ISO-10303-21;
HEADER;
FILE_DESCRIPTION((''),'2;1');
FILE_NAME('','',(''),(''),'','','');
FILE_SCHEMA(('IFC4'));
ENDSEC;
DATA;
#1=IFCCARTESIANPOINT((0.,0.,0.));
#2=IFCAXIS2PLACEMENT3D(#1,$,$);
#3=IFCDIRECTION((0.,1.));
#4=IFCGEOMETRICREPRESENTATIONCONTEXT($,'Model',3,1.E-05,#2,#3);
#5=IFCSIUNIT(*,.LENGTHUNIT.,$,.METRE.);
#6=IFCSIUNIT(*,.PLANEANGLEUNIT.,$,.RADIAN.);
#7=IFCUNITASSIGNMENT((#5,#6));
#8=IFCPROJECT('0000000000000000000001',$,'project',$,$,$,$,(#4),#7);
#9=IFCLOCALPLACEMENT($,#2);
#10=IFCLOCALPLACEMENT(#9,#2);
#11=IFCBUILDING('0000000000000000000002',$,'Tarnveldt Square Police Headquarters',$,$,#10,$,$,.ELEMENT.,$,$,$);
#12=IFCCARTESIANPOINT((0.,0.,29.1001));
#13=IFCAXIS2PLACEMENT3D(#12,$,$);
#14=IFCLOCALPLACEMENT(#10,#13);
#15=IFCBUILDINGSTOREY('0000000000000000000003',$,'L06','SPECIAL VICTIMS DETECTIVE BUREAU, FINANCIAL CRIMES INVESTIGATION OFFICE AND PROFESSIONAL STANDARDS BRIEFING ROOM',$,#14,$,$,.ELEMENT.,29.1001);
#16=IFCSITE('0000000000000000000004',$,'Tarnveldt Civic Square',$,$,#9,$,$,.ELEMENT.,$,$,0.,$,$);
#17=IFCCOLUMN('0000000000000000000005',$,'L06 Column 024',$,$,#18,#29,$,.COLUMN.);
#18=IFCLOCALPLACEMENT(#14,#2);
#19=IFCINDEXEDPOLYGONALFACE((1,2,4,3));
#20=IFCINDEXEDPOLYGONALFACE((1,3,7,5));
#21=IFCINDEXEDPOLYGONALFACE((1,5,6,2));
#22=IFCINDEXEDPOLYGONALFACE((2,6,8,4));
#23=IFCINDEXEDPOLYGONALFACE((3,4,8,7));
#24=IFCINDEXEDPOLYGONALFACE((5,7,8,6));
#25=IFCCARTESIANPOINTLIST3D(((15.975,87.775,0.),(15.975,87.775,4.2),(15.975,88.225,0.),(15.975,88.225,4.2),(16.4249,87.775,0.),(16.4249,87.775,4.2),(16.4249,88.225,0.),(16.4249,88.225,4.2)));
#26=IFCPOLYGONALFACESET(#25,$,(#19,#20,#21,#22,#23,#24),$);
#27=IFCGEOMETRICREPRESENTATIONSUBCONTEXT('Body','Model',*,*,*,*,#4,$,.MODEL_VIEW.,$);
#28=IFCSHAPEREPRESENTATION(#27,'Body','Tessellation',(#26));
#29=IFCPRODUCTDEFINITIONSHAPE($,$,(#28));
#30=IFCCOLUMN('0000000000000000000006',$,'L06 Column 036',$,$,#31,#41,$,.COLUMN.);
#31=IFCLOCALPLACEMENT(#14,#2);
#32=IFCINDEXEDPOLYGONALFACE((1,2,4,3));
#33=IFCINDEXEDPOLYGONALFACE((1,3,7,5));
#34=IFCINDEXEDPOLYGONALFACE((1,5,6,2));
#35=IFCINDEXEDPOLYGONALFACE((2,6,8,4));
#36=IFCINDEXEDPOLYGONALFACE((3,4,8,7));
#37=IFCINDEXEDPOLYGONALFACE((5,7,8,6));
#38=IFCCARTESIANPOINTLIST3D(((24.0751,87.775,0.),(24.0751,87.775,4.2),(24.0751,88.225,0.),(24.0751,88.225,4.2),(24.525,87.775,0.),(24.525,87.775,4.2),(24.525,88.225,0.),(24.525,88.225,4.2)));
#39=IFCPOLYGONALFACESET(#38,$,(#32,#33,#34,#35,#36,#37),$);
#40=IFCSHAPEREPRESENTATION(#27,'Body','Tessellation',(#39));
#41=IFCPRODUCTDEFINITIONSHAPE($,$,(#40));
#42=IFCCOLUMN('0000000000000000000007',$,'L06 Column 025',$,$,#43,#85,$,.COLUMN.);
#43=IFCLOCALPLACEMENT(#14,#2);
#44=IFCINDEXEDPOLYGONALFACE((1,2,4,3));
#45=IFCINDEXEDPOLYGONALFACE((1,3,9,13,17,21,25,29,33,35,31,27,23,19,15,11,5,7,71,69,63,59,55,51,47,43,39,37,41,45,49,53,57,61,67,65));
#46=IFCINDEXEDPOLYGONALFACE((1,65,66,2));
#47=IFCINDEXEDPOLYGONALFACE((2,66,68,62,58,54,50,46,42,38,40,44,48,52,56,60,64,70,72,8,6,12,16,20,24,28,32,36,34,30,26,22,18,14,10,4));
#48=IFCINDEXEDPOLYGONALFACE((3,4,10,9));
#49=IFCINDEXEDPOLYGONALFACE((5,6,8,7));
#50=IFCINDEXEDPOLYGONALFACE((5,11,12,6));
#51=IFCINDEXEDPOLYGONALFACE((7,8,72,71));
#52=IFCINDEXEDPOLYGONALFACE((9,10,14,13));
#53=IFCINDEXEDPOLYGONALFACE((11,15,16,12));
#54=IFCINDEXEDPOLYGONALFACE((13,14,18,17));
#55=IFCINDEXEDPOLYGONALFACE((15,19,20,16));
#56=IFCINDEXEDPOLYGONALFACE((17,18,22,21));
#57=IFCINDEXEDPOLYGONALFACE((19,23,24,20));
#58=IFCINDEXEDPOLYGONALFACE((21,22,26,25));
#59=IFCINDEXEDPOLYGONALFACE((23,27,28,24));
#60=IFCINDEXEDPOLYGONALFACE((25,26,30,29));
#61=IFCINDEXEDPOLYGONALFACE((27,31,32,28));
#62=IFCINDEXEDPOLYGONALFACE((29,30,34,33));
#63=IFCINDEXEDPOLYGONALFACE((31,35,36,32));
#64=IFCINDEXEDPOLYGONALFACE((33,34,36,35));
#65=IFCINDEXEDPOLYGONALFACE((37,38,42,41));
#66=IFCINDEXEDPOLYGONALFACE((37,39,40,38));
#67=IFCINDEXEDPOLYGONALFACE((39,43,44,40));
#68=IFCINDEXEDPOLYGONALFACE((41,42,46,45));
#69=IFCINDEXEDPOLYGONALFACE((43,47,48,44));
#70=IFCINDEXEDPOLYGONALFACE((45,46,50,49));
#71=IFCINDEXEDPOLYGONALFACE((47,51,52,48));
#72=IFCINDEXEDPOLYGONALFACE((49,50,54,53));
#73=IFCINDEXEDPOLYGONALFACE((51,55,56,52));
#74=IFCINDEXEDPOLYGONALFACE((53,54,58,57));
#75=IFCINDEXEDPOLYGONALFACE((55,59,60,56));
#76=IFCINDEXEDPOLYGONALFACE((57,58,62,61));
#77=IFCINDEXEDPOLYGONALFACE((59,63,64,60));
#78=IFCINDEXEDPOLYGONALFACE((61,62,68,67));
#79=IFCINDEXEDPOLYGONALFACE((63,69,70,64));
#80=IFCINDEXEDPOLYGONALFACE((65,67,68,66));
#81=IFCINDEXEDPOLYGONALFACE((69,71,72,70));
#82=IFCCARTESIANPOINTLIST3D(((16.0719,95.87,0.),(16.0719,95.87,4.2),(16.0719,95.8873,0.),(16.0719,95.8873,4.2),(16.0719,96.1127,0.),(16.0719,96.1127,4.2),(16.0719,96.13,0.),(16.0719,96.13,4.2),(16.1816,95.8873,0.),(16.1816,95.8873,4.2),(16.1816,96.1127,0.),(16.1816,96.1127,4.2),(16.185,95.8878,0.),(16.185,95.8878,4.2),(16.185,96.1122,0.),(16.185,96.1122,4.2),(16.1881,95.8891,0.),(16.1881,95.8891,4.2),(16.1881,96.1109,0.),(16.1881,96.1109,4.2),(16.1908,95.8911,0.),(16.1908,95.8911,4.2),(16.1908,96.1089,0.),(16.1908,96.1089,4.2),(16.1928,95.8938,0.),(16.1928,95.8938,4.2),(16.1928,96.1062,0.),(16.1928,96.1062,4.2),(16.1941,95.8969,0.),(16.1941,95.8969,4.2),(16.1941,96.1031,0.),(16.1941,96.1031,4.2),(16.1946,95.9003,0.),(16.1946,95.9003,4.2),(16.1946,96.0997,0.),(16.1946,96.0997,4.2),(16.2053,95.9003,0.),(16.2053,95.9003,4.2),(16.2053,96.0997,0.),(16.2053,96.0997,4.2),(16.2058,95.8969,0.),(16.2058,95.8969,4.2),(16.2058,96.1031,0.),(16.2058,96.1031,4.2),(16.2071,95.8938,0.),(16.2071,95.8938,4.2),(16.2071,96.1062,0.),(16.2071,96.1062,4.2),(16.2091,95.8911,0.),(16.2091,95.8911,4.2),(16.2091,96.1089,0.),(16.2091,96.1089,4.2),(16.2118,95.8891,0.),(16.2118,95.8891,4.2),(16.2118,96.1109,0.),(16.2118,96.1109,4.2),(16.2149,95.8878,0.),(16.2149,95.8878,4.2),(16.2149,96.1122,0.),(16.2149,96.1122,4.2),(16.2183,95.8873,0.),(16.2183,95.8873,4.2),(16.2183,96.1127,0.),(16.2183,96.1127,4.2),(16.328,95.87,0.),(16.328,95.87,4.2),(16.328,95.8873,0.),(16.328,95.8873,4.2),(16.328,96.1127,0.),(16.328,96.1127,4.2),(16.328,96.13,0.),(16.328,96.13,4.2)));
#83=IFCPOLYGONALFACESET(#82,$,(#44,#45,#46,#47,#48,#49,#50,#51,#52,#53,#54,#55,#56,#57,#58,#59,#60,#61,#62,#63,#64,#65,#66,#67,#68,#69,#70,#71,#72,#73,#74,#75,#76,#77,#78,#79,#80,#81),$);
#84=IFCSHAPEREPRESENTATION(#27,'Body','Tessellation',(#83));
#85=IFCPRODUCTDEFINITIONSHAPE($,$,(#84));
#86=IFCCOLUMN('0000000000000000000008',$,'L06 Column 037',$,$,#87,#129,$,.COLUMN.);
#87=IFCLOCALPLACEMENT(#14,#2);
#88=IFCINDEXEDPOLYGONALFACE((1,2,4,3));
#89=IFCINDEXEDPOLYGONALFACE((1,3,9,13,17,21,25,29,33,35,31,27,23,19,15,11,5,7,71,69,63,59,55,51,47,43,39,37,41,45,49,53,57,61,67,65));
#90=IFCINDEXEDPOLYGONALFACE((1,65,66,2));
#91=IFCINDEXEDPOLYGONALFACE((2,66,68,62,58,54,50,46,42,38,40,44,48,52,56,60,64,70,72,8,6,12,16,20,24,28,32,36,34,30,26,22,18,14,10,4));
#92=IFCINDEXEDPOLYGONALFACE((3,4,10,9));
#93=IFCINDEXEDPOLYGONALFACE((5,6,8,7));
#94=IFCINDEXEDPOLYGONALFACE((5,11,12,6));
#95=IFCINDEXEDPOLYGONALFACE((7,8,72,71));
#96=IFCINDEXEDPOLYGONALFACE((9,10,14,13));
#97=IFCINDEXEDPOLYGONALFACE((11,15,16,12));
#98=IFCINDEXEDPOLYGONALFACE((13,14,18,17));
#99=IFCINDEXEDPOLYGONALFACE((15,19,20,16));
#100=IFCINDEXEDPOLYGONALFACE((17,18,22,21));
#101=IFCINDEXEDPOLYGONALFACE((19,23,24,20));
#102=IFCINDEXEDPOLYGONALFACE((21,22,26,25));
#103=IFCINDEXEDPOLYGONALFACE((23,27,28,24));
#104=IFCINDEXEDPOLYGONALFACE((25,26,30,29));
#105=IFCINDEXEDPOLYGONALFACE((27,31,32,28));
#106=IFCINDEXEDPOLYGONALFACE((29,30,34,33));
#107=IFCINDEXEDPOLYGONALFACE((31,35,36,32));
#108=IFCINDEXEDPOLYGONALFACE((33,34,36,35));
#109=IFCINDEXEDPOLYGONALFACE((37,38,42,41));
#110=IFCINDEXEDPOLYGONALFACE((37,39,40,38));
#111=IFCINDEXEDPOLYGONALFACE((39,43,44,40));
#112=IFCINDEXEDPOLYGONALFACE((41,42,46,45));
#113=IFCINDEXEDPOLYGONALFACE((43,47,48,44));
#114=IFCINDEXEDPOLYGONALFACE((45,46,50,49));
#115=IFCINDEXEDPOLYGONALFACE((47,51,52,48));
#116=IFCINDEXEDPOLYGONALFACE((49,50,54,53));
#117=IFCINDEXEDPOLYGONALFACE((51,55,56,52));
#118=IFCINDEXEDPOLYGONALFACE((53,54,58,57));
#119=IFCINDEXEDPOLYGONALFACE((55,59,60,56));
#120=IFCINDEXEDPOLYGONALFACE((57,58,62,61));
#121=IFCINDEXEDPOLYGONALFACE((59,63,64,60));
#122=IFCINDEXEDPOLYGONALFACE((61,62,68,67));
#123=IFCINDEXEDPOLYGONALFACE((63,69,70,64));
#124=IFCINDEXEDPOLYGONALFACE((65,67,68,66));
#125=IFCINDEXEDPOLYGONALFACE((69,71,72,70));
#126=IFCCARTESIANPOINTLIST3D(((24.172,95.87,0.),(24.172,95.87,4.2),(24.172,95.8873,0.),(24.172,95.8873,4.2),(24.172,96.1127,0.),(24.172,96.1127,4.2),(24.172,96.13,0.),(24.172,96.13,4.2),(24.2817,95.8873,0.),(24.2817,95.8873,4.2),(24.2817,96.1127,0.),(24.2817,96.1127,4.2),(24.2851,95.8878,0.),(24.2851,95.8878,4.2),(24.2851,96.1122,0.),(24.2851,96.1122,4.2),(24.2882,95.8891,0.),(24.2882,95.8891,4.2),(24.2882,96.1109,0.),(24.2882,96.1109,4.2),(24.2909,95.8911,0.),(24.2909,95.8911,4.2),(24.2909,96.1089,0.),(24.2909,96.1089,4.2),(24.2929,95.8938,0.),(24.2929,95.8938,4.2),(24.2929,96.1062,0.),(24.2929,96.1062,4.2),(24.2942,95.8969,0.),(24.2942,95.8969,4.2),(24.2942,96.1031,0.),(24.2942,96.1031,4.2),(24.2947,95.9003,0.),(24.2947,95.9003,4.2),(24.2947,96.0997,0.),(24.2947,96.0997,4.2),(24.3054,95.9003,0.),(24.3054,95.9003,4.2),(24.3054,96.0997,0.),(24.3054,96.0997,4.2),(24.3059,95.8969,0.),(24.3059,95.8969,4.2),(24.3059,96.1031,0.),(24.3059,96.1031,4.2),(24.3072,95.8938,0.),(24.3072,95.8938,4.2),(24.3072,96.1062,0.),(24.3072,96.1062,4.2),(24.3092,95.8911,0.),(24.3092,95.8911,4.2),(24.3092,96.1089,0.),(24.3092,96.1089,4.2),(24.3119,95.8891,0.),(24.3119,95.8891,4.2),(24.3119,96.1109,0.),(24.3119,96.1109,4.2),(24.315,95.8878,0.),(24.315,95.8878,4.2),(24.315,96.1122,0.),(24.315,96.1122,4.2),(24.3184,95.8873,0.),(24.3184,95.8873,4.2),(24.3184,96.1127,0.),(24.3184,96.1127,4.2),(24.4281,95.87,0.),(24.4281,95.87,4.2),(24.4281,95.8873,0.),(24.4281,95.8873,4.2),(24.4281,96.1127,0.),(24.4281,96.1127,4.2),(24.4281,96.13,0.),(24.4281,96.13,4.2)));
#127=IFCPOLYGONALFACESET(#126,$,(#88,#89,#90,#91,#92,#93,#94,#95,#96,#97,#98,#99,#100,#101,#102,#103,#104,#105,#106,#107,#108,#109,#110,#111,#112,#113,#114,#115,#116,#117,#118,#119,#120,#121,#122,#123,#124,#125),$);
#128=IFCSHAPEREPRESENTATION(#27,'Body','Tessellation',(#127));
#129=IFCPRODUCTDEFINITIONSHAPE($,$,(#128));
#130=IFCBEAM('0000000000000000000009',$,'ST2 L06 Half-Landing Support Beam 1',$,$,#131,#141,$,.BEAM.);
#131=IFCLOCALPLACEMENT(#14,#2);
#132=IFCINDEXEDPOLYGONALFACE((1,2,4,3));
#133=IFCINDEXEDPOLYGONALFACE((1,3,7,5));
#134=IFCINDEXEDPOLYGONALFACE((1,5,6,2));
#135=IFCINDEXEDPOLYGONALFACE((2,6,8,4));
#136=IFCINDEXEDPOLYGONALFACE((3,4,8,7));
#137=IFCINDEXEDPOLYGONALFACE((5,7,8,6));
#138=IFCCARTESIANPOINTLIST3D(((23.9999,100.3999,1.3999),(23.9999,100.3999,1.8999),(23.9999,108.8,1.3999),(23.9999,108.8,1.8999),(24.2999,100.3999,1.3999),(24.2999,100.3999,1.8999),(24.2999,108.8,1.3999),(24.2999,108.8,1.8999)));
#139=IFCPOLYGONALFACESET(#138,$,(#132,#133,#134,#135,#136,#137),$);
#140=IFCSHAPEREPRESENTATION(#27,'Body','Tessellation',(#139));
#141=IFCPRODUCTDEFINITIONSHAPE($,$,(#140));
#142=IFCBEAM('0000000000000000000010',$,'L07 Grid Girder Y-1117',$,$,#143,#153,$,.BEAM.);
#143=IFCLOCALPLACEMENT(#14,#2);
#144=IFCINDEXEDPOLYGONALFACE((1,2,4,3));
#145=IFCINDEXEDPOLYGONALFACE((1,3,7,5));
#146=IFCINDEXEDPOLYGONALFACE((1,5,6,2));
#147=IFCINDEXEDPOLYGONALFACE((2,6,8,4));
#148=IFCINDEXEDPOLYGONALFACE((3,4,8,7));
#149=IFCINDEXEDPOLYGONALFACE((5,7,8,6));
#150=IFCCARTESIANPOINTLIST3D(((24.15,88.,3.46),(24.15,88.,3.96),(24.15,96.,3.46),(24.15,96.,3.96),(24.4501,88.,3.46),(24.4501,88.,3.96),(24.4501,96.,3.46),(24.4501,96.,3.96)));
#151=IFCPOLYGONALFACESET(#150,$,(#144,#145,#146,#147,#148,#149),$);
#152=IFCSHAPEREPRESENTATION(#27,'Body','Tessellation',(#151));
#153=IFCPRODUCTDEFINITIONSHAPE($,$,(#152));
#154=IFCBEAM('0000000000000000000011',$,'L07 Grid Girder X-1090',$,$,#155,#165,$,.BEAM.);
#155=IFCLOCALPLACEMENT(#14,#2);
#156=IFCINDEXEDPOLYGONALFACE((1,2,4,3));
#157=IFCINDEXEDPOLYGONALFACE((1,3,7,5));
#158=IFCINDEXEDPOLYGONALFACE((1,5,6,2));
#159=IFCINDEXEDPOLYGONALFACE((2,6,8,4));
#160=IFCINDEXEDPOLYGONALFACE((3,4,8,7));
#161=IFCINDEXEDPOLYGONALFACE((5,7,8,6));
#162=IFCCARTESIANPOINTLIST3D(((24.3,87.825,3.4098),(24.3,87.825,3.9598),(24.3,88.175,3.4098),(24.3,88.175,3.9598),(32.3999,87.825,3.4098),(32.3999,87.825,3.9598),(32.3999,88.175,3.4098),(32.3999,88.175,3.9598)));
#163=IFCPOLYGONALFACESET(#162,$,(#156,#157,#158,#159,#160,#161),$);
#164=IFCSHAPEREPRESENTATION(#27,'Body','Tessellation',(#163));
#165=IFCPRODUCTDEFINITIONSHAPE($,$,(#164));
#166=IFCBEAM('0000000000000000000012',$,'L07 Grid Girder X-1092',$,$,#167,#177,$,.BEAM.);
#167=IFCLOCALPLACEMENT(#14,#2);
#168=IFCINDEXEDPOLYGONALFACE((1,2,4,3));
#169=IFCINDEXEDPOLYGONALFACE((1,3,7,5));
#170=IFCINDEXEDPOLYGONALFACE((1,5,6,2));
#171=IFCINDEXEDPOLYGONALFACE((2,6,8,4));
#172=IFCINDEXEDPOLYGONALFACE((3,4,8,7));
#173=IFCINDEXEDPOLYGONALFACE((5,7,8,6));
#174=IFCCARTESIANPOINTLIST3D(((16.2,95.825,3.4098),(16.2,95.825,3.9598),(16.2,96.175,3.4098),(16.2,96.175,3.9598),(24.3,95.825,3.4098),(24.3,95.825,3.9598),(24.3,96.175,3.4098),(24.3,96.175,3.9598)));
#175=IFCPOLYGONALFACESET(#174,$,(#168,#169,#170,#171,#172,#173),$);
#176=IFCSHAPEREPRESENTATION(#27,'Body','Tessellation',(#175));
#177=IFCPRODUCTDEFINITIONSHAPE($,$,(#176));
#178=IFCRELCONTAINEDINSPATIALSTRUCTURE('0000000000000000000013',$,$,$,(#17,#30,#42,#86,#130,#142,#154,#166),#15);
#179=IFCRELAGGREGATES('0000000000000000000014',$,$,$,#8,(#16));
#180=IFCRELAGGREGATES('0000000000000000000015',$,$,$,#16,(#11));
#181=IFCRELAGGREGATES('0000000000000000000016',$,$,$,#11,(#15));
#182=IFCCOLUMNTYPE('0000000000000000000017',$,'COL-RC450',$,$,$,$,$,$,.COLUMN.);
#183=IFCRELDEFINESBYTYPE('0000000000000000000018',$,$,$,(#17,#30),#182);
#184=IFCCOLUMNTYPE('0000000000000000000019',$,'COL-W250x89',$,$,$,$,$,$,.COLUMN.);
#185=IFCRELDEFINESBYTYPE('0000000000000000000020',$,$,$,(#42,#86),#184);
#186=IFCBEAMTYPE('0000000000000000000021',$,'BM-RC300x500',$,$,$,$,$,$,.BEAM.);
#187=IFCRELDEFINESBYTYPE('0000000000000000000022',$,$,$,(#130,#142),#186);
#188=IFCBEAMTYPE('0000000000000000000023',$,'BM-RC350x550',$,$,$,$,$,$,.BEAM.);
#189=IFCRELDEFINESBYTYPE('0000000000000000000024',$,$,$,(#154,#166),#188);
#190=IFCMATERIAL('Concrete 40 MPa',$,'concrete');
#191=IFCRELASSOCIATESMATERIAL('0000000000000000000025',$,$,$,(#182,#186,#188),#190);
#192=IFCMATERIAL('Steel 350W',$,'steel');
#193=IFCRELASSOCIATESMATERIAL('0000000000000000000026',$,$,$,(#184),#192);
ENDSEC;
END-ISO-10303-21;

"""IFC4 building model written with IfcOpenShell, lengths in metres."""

from ifc_helpers import new_model, si_unit, direction, frame, origin, origin_2d, place, context, subcontext, project, spatial, rectangle, i_section, extrude, material, material_profile, profile_set, type_object, element, save


model = new_model("IFC4")

# Units and contexts
model_context = context("Model", 3, precision=1e-05, world=origin(), true_north=direction((0.0, 1.0)))
body_context = subcontext(model_context, "Body", "Model", "MODEL_VIEW")
ifc_project = project(units=[si_unit("LENGTHUNIT", "METRE"), si_unit("PLANEANGLEUNIT", "RADIAN")], contexts=[model_context])

# Site, building, storey
site_placement = place(None, origin())
site = spatial("IfcSite", under=ifc_project, at=site_placement, Name="Tarnveldt Civic Square", CompositionType="ELEMENT", RefElevation=0.0)
building_placement = place(site_placement, origin())
building = spatial("IfcBuilding", under=site, at=building_placement, Name="Tarnveldt Square Police Headquarters", CompositionType="ELEMENT")
storey_placement = place(building_placement, frame((0.0, 0.0, 29.1001)))
storey = spatial("IfcBuildingStorey", under=building, at=storey_placement, Name="L06", Description="SPECIAL VICTIMS DETECTIVE BUREAU, FINANCIAL CRIMES INVESTIGATION OFFICE AND PROFESSIONAL STANDARDS BRIEFING ROOM", CompositionType="ELEMENT", Elevation=29.1001)

# Columns
ifc_material_1 = material(Name="Concrete 40 MPa", Category="concrete")
ifc_material_profile_1 = material_profile(ifc_material_1, rectangle(XDim=0.45, YDim=0.45, at=origin_2d()), Name="RC-C450x450")
ifc_profile_set_1 = profile_set([ifc_material_profile_1], Name="Concrete 40 MPa")
column_type_1 = type_object("IfcColumnType", Name="COL-RC450", PredefinedType="COLUMN", material=ifc_profile_set_1)
for number, where, z_axis, x_axis, name in (
    (1, (16.2, 88.0, 0.0), (0.0, 0.0, 1.0), (1.0, 0.0, 0.0), "L06 Column 024"),
    (2, (24.3, 88.0, 0.0), (0.0, 0.0, 1.0), (1.0, 0.0, 0.0), "L06 Column 036"),
):
    element("IfcColumn", number, at=place(storey_placement, frame(where, z_axis=z_axis, x_axis=x_axis)), inside=storey, type_object=column_type_1, Name=name, PredefinedType="COLUMN", context=body_context, shape_type="SweptSolid", body=[
        extrude(rectangle(XDim=0.45, YDim=0.45, at=origin_2d()), origin(), (0.0, 0.0, 1.0), 4.2),
    ])
ifc_material_2 = material(Name="Steel 350W", Category="steel")
ifc_material_profile_2 = material_profile(ifc_material_2, i_section(OverallWidth=0.2561, OverallDepth=0.26, WebThickness=0.0107, FlangeThickness=0.0173, FilletRadius=0.0129, at=origin_2d()), Name="W250x89")
ifc_profile_set_2 = profile_set([ifc_material_profile_2], Name="Steel 350W")
column_type_2 = type_object("IfcColumnType", Name="COL-W250x89", PredefinedType="COLUMN", material=ifc_profile_set_2)
for number, where, z_axis, x_axis, name in (
    (3, (16.2, 96.0, 0.0), (0.0, 0.0, 1.0), (1.0, 0.0, 0.0), "L06 Column 025"),
    (4, (24.3, 96.0, 0.0), (0.0, 0.0, 1.0), (1.0, 0.0, 0.0), "L06 Column 037"),
):
    element("IfcColumn", number, at=place(storey_placement, frame(where, z_axis=z_axis, x_axis=x_axis)), inside=storey, type_object=column_type_2, Name=name, PredefinedType="COLUMN", context=body_context, shape_type="SweptSolid", body=[
        extrude(i_section(OverallWidth=0.2561, OverallDepth=0.26, WebThickness=0.0107, FlangeThickness=0.0173, FilletRadius=0.0129, at=origin_2d()), origin(), (0.0, 0.0, 1.0), 4.2),
    ])

# Beams
ifc_material_profile_3 = material_profile(ifc_material_1, rectangle(XDim=0.3, YDim=0.5, at=origin_2d()), Name="RC-B300x500")
ifc_profile_set_3 = profile_set([ifc_material_profile_3], Name="Concrete 40 MPa")
beam_type_1 = type_object("IfcBeamType", Name="BM-RC300x500", PredefinedType="BEAM", material=ifc_profile_set_3)
beam_1_placement = place(storey_placement, frame((24.1499, 100.3999, 1.6499), z_axis=(0.0, 1.0, 0.0), x_axis=(-1.0, 0.0, 0.0)))
element("IfcBeam", 5, at=beam_1_placement, inside=storey, type_object=beam_type_1, Name="ST2 L06 Half-Landing Support Beam 1", PredefinedType="BEAM", context=body_context, shape_type="SweptSolid", body=[
    extrude(rectangle(XDim=0.3, YDim=0.5, at=origin_2d()), origin(), (0.0, 0.0, 1.0), 8.4001),
])
beam_2_placement = place(storey_placement, frame((24.3, 88.0, 3.71), z_axis=(0.0, 1.0, 0.0), x_axis=(-1.0, 0.0, 0.0)))
element("IfcBeam", 6, at=beam_2_placement, inside=storey, type_object=beam_type_1, Name="L07 Grid Girder Y-1117", PredefinedType="BEAM", context=body_context, shape_type="SweptSolid", body=[
    extrude(rectangle(XDim=0.3, YDim=0.5, at=origin_2d()), origin(), (0.0, 0.0, 1.0), 8.0),
])
ifc_material_profile_4 = material_profile(ifc_material_1, rectangle(XDim=0.3501, YDim=0.55, at=origin_2d()), Name="RC-B350x550")
ifc_profile_set_4 = profile_set([ifc_material_profile_4], Name="Concrete 40 MPa")
beam_type_2 = type_object("IfcBeamType", Name="BM-RC350x550", PredefinedType="BEAM", material=ifc_profile_set_4)
beam_3_placement = place(storey_placement, frame((24.3, 88.0, 3.6848), z_axis=(1.0, 0.0, 0.0), x_axis=(0.0, 1.0, 0.0)))
element("IfcBeam", 7, at=beam_3_placement, inside=storey, type_object=beam_type_2, Name="L07 Grid Girder X-1090", PredefinedType="BEAM", context=body_context, shape_type="SweptSolid", body=[
    extrude(rectangle(XDim=0.3501, YDim=0.55, at=origin_2d()), origin(), (0.0, 0.0, 1.0), 8.0999),
])
beam_4_placement = place(storey_placement, frame((16.2, 96.0, 3.6848), z_axis=(1.0, 0.0, 0.0), x_axis=(0.0, 1.0, 0.0)))
element("IfcBeam", 8, at=beam_4_placement, inside=storey, type_object=beam_type_2, Name="L07 Grid Girder X-1092", PredefinedType="BEAM", context=body_context, shape_type="SweptSolid", body=[
    extrude(rectangle(XDim=0.3501, YDim=0.55, at=origin_2d()), origin(), (0.0, 0.0, 1.0), 8.1001),
])

save(model, "model.ifc")
